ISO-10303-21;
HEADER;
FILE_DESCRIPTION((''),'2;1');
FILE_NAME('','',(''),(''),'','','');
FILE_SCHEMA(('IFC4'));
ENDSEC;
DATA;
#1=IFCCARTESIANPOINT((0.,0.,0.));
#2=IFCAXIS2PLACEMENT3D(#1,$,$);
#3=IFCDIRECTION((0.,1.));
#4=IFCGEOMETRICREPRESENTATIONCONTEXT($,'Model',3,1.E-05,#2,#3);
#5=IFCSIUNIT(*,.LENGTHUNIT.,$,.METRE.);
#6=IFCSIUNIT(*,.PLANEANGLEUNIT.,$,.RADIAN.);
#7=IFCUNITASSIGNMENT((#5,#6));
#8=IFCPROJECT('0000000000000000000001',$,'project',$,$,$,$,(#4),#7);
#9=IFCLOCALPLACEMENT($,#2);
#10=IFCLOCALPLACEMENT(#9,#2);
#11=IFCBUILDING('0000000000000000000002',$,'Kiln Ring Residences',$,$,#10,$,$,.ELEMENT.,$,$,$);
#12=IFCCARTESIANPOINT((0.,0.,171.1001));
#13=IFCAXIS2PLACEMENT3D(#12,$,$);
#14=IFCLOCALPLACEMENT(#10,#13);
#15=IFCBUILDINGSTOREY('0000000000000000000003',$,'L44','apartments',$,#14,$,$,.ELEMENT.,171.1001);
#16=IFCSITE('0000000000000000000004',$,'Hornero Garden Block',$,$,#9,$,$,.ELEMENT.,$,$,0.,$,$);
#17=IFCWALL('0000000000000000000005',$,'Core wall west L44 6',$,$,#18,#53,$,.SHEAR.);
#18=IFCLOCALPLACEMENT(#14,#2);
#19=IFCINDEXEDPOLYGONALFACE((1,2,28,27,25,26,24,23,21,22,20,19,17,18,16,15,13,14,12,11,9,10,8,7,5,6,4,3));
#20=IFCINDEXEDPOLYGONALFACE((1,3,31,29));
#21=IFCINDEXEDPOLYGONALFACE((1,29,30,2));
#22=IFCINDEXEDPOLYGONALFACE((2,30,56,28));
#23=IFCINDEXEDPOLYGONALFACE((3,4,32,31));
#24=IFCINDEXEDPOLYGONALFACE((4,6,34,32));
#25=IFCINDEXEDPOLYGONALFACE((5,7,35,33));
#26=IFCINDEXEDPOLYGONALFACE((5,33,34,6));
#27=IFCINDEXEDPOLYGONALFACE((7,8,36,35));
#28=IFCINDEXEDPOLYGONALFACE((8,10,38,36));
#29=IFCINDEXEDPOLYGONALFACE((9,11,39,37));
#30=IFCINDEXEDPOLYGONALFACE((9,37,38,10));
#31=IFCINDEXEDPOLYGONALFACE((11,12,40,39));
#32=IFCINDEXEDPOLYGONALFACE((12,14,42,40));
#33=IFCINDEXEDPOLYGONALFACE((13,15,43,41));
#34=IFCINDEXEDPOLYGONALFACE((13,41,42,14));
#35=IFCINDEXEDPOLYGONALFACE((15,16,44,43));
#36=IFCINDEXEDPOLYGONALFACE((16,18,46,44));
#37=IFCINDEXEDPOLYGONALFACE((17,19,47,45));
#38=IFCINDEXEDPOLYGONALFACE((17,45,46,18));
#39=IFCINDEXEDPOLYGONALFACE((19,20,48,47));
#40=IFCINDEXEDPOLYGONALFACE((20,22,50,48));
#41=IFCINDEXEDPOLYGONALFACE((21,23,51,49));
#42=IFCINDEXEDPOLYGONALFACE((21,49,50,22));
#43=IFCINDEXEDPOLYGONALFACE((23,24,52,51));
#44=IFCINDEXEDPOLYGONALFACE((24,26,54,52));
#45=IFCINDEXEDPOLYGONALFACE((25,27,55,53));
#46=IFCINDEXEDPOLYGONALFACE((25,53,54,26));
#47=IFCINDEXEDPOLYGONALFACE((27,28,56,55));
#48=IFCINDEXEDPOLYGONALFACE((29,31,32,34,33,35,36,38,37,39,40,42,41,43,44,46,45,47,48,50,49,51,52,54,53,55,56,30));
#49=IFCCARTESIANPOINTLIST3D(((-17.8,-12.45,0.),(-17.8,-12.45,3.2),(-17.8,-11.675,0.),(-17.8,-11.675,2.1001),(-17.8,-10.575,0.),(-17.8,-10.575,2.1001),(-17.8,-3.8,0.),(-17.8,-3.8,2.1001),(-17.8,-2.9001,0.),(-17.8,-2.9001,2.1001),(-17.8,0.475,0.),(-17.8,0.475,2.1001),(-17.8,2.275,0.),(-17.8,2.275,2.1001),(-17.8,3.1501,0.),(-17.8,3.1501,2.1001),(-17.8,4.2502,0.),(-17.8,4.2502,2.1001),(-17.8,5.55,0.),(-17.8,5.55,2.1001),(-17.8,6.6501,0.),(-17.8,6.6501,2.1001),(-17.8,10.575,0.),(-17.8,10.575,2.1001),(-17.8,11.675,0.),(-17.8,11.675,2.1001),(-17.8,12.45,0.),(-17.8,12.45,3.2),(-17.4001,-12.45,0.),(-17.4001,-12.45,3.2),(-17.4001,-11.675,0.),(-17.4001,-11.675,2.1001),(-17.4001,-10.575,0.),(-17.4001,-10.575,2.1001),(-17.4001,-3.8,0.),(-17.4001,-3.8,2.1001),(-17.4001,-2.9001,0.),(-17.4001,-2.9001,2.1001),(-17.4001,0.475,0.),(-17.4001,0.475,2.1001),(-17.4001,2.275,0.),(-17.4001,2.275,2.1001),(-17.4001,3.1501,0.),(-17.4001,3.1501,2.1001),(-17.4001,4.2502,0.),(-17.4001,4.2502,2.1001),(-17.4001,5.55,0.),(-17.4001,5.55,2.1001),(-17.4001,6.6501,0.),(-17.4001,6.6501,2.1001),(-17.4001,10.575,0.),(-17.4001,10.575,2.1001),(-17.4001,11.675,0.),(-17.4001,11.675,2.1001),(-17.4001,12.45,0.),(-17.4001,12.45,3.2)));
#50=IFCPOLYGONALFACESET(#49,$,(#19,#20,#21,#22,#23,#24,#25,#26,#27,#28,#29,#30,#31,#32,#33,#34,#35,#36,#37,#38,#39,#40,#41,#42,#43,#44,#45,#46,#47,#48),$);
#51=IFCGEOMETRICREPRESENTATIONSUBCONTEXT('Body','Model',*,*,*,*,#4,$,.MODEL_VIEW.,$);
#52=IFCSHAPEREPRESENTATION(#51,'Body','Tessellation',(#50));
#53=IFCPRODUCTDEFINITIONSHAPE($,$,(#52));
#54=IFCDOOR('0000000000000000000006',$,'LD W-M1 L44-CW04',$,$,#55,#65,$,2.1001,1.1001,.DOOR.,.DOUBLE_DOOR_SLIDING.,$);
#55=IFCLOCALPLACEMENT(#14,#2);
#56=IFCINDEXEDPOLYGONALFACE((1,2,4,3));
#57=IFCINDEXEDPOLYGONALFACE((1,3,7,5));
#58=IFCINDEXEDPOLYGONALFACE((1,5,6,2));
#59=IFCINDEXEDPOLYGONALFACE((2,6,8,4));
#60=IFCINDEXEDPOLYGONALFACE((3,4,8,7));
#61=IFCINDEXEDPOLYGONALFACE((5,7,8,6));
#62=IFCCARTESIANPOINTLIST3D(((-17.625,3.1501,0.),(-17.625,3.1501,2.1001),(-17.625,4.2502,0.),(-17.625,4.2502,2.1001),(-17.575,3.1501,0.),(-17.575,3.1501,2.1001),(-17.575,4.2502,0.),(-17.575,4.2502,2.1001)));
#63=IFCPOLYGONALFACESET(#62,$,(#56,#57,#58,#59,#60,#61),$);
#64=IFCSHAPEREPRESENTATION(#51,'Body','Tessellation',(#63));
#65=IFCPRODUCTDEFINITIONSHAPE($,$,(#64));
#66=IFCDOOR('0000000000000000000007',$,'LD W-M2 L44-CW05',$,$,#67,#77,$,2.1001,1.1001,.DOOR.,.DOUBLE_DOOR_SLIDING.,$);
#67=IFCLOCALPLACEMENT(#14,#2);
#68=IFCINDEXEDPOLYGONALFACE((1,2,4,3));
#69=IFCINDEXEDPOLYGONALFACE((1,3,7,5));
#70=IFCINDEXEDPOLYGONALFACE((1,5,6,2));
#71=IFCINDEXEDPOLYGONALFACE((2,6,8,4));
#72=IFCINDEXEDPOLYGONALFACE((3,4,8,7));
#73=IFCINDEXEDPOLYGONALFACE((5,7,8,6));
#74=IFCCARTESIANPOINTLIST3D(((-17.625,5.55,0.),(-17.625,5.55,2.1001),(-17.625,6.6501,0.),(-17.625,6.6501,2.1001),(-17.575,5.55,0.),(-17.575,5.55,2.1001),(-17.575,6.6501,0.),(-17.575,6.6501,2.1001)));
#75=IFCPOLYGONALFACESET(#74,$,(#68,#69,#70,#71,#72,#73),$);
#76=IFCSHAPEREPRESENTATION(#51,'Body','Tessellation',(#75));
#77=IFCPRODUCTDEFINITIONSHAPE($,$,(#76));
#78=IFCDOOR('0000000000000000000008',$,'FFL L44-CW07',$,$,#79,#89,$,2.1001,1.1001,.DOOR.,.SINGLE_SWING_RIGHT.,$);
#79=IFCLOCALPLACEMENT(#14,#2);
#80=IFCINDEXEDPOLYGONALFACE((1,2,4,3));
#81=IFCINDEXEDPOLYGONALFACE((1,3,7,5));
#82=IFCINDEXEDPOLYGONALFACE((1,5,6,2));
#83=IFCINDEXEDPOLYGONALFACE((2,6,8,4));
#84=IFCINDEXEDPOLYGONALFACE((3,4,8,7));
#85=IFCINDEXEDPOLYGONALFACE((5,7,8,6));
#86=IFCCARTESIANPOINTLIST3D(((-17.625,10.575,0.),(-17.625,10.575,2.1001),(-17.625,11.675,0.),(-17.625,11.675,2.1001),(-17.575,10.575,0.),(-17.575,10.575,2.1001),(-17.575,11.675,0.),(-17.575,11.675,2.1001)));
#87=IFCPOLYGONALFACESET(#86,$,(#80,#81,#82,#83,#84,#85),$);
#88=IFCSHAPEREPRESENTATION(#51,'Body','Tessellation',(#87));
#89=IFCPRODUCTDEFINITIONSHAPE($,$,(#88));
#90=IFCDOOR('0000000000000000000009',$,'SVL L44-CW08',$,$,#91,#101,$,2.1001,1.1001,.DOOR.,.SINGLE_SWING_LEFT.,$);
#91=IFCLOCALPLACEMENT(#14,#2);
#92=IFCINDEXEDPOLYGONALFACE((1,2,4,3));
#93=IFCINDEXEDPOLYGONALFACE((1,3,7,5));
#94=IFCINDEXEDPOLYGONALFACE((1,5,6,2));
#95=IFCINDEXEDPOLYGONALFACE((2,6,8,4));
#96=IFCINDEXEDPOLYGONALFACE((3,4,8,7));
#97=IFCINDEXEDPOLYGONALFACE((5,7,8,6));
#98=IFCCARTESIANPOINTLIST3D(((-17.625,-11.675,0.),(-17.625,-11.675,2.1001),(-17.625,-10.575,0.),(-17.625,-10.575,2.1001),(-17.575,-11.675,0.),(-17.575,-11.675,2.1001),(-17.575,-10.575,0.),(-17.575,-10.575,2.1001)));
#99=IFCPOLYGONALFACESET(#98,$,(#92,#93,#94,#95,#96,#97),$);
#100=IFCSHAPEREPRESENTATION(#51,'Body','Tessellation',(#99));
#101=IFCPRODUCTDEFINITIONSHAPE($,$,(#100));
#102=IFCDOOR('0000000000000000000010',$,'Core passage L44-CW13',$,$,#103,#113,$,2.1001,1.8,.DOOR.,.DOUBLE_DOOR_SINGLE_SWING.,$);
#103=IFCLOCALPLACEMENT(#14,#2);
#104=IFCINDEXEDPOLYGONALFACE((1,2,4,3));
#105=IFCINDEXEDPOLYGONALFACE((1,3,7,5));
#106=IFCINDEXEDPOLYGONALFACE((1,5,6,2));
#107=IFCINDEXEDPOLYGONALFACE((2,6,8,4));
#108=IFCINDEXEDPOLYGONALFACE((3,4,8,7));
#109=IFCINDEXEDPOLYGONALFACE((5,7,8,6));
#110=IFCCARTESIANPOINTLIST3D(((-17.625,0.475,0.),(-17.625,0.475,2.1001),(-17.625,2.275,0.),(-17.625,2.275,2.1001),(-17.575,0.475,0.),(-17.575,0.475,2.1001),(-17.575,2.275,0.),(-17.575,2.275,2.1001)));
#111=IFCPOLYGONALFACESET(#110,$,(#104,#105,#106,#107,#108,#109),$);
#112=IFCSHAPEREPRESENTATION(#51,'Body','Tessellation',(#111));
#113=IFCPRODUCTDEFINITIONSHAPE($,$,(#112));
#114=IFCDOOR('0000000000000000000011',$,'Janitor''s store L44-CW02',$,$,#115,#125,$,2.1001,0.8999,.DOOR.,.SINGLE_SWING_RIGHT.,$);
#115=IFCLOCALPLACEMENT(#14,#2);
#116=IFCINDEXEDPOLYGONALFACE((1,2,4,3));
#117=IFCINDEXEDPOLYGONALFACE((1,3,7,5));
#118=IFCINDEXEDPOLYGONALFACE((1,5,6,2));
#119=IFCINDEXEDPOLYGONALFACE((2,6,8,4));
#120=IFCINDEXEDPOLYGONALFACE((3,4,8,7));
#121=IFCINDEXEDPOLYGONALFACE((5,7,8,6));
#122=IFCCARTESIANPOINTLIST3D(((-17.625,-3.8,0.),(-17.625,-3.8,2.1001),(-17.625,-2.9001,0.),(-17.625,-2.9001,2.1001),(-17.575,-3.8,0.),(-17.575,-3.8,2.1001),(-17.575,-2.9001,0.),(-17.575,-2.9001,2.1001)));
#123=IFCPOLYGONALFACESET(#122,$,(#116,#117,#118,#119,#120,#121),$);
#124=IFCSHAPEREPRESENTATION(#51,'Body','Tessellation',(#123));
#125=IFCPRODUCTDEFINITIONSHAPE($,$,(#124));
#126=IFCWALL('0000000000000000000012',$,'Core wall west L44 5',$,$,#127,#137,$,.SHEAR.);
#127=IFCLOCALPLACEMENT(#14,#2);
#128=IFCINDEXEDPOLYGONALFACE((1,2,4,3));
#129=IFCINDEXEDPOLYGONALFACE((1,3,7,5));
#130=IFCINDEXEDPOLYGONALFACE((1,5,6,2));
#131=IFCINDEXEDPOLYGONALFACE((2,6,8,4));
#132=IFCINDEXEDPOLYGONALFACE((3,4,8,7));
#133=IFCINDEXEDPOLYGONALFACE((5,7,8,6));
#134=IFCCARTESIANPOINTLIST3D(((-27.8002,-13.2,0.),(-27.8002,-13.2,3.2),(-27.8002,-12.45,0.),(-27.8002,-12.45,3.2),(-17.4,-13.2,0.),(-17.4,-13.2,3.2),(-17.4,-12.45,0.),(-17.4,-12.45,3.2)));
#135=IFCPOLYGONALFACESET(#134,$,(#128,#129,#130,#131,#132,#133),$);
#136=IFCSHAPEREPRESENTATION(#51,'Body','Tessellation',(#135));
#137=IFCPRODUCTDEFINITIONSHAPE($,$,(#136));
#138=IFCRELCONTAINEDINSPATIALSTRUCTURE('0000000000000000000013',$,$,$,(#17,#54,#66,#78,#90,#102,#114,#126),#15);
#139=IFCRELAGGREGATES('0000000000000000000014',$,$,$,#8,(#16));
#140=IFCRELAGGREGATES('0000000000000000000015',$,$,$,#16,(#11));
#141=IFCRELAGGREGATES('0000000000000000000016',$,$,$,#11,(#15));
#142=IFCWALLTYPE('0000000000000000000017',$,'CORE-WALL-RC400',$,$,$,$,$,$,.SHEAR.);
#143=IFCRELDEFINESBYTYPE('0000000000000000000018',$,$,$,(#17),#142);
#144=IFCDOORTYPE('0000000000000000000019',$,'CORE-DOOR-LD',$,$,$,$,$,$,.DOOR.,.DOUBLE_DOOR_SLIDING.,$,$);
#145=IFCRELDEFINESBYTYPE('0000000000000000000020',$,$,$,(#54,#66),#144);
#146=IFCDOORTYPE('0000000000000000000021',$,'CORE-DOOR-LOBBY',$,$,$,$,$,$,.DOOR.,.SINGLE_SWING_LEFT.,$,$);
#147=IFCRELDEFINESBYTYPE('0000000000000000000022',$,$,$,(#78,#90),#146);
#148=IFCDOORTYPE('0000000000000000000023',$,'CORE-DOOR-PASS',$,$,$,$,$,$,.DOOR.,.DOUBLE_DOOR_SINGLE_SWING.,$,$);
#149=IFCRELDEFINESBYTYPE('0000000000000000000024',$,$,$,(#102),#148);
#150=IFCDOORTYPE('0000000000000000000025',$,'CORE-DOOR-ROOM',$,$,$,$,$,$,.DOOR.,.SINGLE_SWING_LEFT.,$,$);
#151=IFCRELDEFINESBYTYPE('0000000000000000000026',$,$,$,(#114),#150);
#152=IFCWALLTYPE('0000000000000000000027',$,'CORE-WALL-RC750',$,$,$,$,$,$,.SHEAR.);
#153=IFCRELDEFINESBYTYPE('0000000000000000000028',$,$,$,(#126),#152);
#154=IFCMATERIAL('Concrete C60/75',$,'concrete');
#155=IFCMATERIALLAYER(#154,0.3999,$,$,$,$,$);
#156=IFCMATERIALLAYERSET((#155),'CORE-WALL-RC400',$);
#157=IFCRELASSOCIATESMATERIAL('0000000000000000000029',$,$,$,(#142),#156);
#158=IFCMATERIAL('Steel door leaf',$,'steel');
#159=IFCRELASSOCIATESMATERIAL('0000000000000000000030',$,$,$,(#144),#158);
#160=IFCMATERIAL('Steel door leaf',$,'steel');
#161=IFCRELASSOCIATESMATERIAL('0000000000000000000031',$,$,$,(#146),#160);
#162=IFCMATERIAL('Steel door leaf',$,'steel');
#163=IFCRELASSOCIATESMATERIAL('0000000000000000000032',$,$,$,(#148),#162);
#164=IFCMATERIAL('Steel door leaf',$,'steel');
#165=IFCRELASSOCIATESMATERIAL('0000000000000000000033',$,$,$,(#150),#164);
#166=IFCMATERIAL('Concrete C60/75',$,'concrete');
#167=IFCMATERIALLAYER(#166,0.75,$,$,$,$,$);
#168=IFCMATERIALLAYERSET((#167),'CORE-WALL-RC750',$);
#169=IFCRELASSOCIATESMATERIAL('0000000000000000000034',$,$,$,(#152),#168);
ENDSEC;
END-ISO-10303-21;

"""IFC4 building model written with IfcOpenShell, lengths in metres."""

from ifc_helpers import new_model, si_unit, direction, frame, frame_2d, origin, place, context, subcontext, project, spatial, rectangle, extrude, material, layer, layer_set, type_object, element, fill, save


model = new_model("IFC4")

# Units and contexts
model_context = context("Model", 3, precision=1e-05, world=origin(), true_north=direction((0.0, 1.0)))
body_context = subcontext(model_context, "Body", "Model", "MODEL_VIEW")
ifc_project = project(units=[si_unit("LENGTHUNIT", "METRE"), si_unit("PLANEANGLEUNIT", "RADIAN")], contexts=[model_context])

# Site, building, storey
site_placement = place(None, origin())
site = spatial("IfcSite", under=ifc_project, at=site_placement, Name="Hornero Garden Block", CompositionType="ELEMENT", RefElevation=0.0)
building_placement = place(site_placement, origin())
building = spatial("IfcBuilding", under=site, at=building_placement, Name="Kiln Ring Residences", CompositionType="ELEMENT")
storey_placement = place(building_placement, frame((0.0, 0.0, 171.1001)))
storey = spatial("IfcBuildingStorey", under=building, at=storey_placement, Name="L44", Description="apartments", CompositionType="ELEMENT", Elevation=171.1001)

# Wall, openings, doors
ifc_material_1 = material(Name="Concrete C60/75", Category="concrete")
ifc_layer_1 = layer(ifc_material_1, 0.3999)
ifc_layer_set_1 = layer_set([ifc_layer_1], Name="CORE-WALL-RC400")
wall_type_1 = type_object("IfcWallType", Name="CORE-WALL-RC400", PredefinedType="SHEAR", material=ifc_layer_set_1)
wall_1_placement = place(storey_placement, frame((-17.6001, -12.45, 0.0), z_axis=(0.0, 0.0, 1.0), x_axis=(0.0, 1.0, 0.0)))
wall_1 = element("IfcWall", 1, at=wall_1_placement, inside=storey, type_object=wall_type_1, Name="Core wall west L44 6", PredefinedType="SHEAR", context=body_context, shape_type="SweptSolid", body=[
    extrude(rectangle(XDim=24.8999, YDim=0.3999, at=frame_2d((12.45, 0.0))), origin(), (0.0, 0.0, 1.0), 3.2),
])
opening_1_placement = place(wall_1_placement, frame((8.6499, 0.0, 0.0)))
opening_1 = element("IfcOpeningElement", 2, at=opening_1_placement, cuts=wall_1, PredefinedType="OPENING", context=body_context, shape_type="SweptSolid", body=[
    extrude(rectangle(XDim=0.8999, YDim=2.1001, at=frame_2d((0.45, 1.05))), frame((0.0, 0.21, 0.0), z_axis=(0.0, -1.0, 0.0), x_axis=(1.0, 0.0, 0.0)), (0.0, 0.0, 1.0), 0.4199),
])
opening_2_placement = place(wall_1_placement, frame((15.6001, 0.0, 0.0)))
opening_2 = element("IfcOpeningElement", 3, at=opening_2_placement, cuts=wall_1, PredefinedType="OPENING", context=body_context, shape_type="SweptSolid", body=[
    extrude(rectangle(XDim=1.1001, YDim=2.1001, at=frame_2d((0.55, 1.05))), frame((0.0, 0.21, 0.0), z_axis=(0.0, -1.0, 0.0), x_axis=(1.0, 0.0, 0.0)), (0.0, 0.0, 1.0), 0.4199),
])
opening_3_placement = place(wall_1_placement, frame((18.0, 0.0, 0.0)))
opening_3 = element("IfcOpeningElement", 4, at=opening_3_placement, cuts=wall_1, PredefinedType="OPENING", context=body_context, shape_type="SweptSolid", body=[
    extrude(rectangle(XDim=1.1001, YDim=2.1001, at=frame_2d((0.55, 1.05))), frame((0.0, 0.21, 0.0), z_axis=(0.0, -1.0, 0.0), x_axis=(1.0, 0.0, 0.0)), (0.0, 0.0, 1.0), 0.4199),
])
opening_4_placement = place(wall_1_placement, frame((23.0249, 0.0, 0.0)))
opening_4 = element("IfcOpeningElement", 5, at=opening_4_placement, cuts=wall_1, PredefinedType="OPENING", context=body_context, shape_type="SweptSolid", body=[
    extrude(rectangle(XDim=1.1001, YDim=2.1001, at=frame_2d((0.55, 1.05))), frame((0.0, 0.21, 0.0), z_axis=(0.0, -1.0, 0.0), x_axis=(1.0, 0.0, 0.0)), (0.0, 0.0, 1.0), 0.4199),
])
opening_5_placement = place(wall_1_placement, frame((0.7749, 0.0, 0.0)))
opening_5 = element("IfcOpeningElement", 6, at=opening_5_placement, cuts=wall_1, PredefinedType="OPENING", context=body_context, shape_type="SweptSolid", body=[
    extrude(rectangle(XDim=1.1001, YDim=2.1001, at=frame_2d((0.55, 1.05))), frame((0.0, 0.21, 0.0), z_axis=(0.0, -1.0, 0.0), x_axis=(1.0, 0.0, 0.0)), (0.0, 0.0, 1.0), 0.4199),
])
opening_6_placement = place(wall_1_placement, frame((12.925, 0.0, 0.0)))
opening_6 = element("IfcOpeningElement", 7, at=opening_6_placement, cuts=wall_1, PredefinedType="OPENING", context=body_context, shape_type="SweptSolid", body=[
    extrude(rectangle(XDim=1.8, YDim=2.1001, at=frame_2d((0.8999, 1.05))), frame((0.0, 0.21, 0.0), z_axis=(0.0, -1.0, 0.0), x_axis=(1.0, 0.0, 0.0)), (0.0, 0.0, 1.0), 0.4199),
])
ifc_material_2 = material(Name="Steel door leaf", Category="steel")
door_type_1 = type_object("IfcDoorType", Name="CORE-DOOR-LD", OperationType="DOUBLE_DOOR_SLIDING", PredefinedType="DOOR", material=ifc_material_2)
door_1_placement = place(opening_2_placement, origin())
door_1 = element("IfcDoor", 8, at=door_1_placement, inside=storey, type_object=door_type_1, Name="LD W-M1 L44-CW04", OperationType="DOUBLE_DOOR_SLIDING", OverallHeight=2.1001, OverallWidth=1.1001, PredefinedType="DOOR", context=body_context, shape_type="SweptSolid", body=[
    extrude(rectangle(XDim=1.1001, YDim=2.1001, at=frame_2d((0.55, 1.05))), frame((0.0, 0.0249, 0.0), z_axis=(0.0, -1.0, 0.0), x_axis=(1.0, 0.0, 0.0)), (0.0, 0.0, 1.0), 0.05),
])
fill(opening_2, door_1)
door_2_placement = place(opening_3_placement, origin())
door_2 = element("IfcDoor", 9, at=door_2_placement, inside=storey, type_object=door_type_1, Name="LD W-M2 L44-CW05", OperationType="DOUBLE_DOOR_SLIDING", OverallHeight=2.1001, OverallWidth=1.1001, PredefinedType="DOOR", context=body_context, shape_type="SweptSolid", body=[
    extrude(rectangle(XDim=1.1001, YDim=2.1001, at=frame_2d((0.55, 1.05))), frame((0.0, 0.0249, 0.0), z_axis=(0.0, -1.0, 0.0), x_axis=(1.0, 0.0, 0.0)), (0.0, 0.0, 1.0), 0.05),
])
fill(opening_3, door_2)
ifc_material_3 = material(Name="Steel door leaf", Category="steel")
door_type_2 = type_object("IfcDoorType", Name="CORE-DOOR-LOBBY", OperationType="SINGLE_SWING_LEFT", PredefinedType="DOOR", material=ifc_material_3)
door_3_placement = place(opening_4_placement, origin())
door_3 = element("IfcDoor", 10, at=door_3_placement, inside=storey, type_object=door_type_2, Name="FFL L44-CW07", OperationType="SINGLE_SWING_RIGHT", OverallHeight=2.1001, OverallWidth=1.1001, PredefinedType="DOOR", context=body_context, shape_type="SweptSolid", body=[
    extrude(rectangle(XDim=1.1001, YDim=2.1001, at=frame_2d((0.55, 1.05))), frame((0.0, 0.0249, 0.0), z_axis=(0.0, -1.0, 0.0), x_axis=(1.0, 0.0, 0.0)), (0.0, 0.0, 1.0), 0.05),
])
fill(opening_4, door_3)
door_4_placement = place(opening_5_placement, origin())
door_4 = element("IfcDoor", 11, at=door_4_placement, inside=storey, type_object=door_type_2, Name="SVL L44-CW08", OperationType="SINGLE_SWING_LEFT", OverallHeight=2.1001, OverallWidth=1.1001, PredefinedType="DOOR", context=body_context, shape_type="SweptSolid", body=[
    extrude(rectangle(XDim=1.1001, YDim=2.1001, at=frame_2d((0.55, 1.05))), frame((0.0, 0.0249, 0.0), z_axis=(0.0, -1.0, 0.0), x_axis=(1.0, 0.0, 0.0)), (0.0, 0.0, 1.0), 0.05),
])
fill(opening_5, door_4)
ifc_material_4 = material(Name="Steel door leaf", Category="steel")
door_type_3 = type_object("IfcDoorType", Name="CORE-DOOR-PASS", OperationType="DOUBLE_DOOR_SINGLE_SWING", PredefinedType="DOOR", material=ifc_material_4)
door_5_placement = place(opening_6_placement, origin())
door_5 = element("IfcDoor", 12, at=door_5_placement, inside=storey, type_object=door_type_3, Name="Core passage L44-CW13", OperationType="DOUBLE_DOOR_SINGLE_SWING", OverallHeight=2.1001, OverallWidth=1.8, PredefinedType="DOOR", context=body_context, shape_type="SweptSolid", body=[
    extrude(rectangle(XDim=1.8, YDim=2.1001, at=frame_2d((0.8999, 1.05))), frame((0.0, 0.0249, 0.0), z_axis=(0.0, -1.0, 0.0), x_axis=(1.0, 0.0, 0.0)), (0.0, 0.0, 1.0), 0.05),
])
fill(opening_6, door_5)
ifc_material_5 = material(Name="Steel door leaf", Category="steel")
door_type_4 = type_object("IfcDoorType", Name="CORE-DOOR-ROOM", OperationType="SINGLE_SWING_LEFT", PredefinedType="DOOR", material=ifc_material_5)
door_6_placement = place(opening_1_placement, origin())
door_6 = element("IfcDoor", 13, at=door_6_placement, inside=storey, type_object=door_type_4, Name="Janitor's store L44-CW02", OperationType="SINGLE_SWING_RIGHT", OverallHeight=2.1001, OverallWidth=0.8999, PredefinedType="DOOR", context=body_context, shape_type="SweptSolid", body=[
    extrude(rectangle(XDim=0.8999, YDim=2.1001, at=frame_2d((0.45, 1.05))), frame((0.0, 0.0249, 0.0), z_axis=(0.0, -1.0, 0.0), x_axis=(1.0, 0.0, 0.0)), (0.0, 0.0, 1.0), 0.05),
])
fill(opening_1, door_6)

# Wall
ifc_material_6 = material(Name="Concrete C60/75", Category="concrete")
ifc_layer_2 = layer(ifc_material_6, 0.75)
ifc_layer_set_2 = layer_set([ifc_layer_2], Name="CORE-WALL-RC750")
wall_type_2 = type_object("IfcWallType", Name="CORE-WALL-RC750", PredefinedType="SHEAR", material=ifc_layer_set_2)
wall_2_placement = place(storey_placement, frame((-17.3999, -12.825, 0.0), z_axis=(0.0, 0.0, 1.0), x_axis=(-1.0, 0.0, 0.0)))
element("IfcWall", 14, at=wall_2_placement, inside=storey, type_object=wall_type_2, Name="Core wall west L44 5", PredefinedType="SHEAR", context=body_context, shape_type="SweptSolid", body=[
    extrude(rectangle(XDim=10.4001, YDim=0.75, at=frame_2d((5.2002, 0.0))), origin(), (0.0, 0.0, 1.0), 3.2),
])

save(model, "model.ifc")
